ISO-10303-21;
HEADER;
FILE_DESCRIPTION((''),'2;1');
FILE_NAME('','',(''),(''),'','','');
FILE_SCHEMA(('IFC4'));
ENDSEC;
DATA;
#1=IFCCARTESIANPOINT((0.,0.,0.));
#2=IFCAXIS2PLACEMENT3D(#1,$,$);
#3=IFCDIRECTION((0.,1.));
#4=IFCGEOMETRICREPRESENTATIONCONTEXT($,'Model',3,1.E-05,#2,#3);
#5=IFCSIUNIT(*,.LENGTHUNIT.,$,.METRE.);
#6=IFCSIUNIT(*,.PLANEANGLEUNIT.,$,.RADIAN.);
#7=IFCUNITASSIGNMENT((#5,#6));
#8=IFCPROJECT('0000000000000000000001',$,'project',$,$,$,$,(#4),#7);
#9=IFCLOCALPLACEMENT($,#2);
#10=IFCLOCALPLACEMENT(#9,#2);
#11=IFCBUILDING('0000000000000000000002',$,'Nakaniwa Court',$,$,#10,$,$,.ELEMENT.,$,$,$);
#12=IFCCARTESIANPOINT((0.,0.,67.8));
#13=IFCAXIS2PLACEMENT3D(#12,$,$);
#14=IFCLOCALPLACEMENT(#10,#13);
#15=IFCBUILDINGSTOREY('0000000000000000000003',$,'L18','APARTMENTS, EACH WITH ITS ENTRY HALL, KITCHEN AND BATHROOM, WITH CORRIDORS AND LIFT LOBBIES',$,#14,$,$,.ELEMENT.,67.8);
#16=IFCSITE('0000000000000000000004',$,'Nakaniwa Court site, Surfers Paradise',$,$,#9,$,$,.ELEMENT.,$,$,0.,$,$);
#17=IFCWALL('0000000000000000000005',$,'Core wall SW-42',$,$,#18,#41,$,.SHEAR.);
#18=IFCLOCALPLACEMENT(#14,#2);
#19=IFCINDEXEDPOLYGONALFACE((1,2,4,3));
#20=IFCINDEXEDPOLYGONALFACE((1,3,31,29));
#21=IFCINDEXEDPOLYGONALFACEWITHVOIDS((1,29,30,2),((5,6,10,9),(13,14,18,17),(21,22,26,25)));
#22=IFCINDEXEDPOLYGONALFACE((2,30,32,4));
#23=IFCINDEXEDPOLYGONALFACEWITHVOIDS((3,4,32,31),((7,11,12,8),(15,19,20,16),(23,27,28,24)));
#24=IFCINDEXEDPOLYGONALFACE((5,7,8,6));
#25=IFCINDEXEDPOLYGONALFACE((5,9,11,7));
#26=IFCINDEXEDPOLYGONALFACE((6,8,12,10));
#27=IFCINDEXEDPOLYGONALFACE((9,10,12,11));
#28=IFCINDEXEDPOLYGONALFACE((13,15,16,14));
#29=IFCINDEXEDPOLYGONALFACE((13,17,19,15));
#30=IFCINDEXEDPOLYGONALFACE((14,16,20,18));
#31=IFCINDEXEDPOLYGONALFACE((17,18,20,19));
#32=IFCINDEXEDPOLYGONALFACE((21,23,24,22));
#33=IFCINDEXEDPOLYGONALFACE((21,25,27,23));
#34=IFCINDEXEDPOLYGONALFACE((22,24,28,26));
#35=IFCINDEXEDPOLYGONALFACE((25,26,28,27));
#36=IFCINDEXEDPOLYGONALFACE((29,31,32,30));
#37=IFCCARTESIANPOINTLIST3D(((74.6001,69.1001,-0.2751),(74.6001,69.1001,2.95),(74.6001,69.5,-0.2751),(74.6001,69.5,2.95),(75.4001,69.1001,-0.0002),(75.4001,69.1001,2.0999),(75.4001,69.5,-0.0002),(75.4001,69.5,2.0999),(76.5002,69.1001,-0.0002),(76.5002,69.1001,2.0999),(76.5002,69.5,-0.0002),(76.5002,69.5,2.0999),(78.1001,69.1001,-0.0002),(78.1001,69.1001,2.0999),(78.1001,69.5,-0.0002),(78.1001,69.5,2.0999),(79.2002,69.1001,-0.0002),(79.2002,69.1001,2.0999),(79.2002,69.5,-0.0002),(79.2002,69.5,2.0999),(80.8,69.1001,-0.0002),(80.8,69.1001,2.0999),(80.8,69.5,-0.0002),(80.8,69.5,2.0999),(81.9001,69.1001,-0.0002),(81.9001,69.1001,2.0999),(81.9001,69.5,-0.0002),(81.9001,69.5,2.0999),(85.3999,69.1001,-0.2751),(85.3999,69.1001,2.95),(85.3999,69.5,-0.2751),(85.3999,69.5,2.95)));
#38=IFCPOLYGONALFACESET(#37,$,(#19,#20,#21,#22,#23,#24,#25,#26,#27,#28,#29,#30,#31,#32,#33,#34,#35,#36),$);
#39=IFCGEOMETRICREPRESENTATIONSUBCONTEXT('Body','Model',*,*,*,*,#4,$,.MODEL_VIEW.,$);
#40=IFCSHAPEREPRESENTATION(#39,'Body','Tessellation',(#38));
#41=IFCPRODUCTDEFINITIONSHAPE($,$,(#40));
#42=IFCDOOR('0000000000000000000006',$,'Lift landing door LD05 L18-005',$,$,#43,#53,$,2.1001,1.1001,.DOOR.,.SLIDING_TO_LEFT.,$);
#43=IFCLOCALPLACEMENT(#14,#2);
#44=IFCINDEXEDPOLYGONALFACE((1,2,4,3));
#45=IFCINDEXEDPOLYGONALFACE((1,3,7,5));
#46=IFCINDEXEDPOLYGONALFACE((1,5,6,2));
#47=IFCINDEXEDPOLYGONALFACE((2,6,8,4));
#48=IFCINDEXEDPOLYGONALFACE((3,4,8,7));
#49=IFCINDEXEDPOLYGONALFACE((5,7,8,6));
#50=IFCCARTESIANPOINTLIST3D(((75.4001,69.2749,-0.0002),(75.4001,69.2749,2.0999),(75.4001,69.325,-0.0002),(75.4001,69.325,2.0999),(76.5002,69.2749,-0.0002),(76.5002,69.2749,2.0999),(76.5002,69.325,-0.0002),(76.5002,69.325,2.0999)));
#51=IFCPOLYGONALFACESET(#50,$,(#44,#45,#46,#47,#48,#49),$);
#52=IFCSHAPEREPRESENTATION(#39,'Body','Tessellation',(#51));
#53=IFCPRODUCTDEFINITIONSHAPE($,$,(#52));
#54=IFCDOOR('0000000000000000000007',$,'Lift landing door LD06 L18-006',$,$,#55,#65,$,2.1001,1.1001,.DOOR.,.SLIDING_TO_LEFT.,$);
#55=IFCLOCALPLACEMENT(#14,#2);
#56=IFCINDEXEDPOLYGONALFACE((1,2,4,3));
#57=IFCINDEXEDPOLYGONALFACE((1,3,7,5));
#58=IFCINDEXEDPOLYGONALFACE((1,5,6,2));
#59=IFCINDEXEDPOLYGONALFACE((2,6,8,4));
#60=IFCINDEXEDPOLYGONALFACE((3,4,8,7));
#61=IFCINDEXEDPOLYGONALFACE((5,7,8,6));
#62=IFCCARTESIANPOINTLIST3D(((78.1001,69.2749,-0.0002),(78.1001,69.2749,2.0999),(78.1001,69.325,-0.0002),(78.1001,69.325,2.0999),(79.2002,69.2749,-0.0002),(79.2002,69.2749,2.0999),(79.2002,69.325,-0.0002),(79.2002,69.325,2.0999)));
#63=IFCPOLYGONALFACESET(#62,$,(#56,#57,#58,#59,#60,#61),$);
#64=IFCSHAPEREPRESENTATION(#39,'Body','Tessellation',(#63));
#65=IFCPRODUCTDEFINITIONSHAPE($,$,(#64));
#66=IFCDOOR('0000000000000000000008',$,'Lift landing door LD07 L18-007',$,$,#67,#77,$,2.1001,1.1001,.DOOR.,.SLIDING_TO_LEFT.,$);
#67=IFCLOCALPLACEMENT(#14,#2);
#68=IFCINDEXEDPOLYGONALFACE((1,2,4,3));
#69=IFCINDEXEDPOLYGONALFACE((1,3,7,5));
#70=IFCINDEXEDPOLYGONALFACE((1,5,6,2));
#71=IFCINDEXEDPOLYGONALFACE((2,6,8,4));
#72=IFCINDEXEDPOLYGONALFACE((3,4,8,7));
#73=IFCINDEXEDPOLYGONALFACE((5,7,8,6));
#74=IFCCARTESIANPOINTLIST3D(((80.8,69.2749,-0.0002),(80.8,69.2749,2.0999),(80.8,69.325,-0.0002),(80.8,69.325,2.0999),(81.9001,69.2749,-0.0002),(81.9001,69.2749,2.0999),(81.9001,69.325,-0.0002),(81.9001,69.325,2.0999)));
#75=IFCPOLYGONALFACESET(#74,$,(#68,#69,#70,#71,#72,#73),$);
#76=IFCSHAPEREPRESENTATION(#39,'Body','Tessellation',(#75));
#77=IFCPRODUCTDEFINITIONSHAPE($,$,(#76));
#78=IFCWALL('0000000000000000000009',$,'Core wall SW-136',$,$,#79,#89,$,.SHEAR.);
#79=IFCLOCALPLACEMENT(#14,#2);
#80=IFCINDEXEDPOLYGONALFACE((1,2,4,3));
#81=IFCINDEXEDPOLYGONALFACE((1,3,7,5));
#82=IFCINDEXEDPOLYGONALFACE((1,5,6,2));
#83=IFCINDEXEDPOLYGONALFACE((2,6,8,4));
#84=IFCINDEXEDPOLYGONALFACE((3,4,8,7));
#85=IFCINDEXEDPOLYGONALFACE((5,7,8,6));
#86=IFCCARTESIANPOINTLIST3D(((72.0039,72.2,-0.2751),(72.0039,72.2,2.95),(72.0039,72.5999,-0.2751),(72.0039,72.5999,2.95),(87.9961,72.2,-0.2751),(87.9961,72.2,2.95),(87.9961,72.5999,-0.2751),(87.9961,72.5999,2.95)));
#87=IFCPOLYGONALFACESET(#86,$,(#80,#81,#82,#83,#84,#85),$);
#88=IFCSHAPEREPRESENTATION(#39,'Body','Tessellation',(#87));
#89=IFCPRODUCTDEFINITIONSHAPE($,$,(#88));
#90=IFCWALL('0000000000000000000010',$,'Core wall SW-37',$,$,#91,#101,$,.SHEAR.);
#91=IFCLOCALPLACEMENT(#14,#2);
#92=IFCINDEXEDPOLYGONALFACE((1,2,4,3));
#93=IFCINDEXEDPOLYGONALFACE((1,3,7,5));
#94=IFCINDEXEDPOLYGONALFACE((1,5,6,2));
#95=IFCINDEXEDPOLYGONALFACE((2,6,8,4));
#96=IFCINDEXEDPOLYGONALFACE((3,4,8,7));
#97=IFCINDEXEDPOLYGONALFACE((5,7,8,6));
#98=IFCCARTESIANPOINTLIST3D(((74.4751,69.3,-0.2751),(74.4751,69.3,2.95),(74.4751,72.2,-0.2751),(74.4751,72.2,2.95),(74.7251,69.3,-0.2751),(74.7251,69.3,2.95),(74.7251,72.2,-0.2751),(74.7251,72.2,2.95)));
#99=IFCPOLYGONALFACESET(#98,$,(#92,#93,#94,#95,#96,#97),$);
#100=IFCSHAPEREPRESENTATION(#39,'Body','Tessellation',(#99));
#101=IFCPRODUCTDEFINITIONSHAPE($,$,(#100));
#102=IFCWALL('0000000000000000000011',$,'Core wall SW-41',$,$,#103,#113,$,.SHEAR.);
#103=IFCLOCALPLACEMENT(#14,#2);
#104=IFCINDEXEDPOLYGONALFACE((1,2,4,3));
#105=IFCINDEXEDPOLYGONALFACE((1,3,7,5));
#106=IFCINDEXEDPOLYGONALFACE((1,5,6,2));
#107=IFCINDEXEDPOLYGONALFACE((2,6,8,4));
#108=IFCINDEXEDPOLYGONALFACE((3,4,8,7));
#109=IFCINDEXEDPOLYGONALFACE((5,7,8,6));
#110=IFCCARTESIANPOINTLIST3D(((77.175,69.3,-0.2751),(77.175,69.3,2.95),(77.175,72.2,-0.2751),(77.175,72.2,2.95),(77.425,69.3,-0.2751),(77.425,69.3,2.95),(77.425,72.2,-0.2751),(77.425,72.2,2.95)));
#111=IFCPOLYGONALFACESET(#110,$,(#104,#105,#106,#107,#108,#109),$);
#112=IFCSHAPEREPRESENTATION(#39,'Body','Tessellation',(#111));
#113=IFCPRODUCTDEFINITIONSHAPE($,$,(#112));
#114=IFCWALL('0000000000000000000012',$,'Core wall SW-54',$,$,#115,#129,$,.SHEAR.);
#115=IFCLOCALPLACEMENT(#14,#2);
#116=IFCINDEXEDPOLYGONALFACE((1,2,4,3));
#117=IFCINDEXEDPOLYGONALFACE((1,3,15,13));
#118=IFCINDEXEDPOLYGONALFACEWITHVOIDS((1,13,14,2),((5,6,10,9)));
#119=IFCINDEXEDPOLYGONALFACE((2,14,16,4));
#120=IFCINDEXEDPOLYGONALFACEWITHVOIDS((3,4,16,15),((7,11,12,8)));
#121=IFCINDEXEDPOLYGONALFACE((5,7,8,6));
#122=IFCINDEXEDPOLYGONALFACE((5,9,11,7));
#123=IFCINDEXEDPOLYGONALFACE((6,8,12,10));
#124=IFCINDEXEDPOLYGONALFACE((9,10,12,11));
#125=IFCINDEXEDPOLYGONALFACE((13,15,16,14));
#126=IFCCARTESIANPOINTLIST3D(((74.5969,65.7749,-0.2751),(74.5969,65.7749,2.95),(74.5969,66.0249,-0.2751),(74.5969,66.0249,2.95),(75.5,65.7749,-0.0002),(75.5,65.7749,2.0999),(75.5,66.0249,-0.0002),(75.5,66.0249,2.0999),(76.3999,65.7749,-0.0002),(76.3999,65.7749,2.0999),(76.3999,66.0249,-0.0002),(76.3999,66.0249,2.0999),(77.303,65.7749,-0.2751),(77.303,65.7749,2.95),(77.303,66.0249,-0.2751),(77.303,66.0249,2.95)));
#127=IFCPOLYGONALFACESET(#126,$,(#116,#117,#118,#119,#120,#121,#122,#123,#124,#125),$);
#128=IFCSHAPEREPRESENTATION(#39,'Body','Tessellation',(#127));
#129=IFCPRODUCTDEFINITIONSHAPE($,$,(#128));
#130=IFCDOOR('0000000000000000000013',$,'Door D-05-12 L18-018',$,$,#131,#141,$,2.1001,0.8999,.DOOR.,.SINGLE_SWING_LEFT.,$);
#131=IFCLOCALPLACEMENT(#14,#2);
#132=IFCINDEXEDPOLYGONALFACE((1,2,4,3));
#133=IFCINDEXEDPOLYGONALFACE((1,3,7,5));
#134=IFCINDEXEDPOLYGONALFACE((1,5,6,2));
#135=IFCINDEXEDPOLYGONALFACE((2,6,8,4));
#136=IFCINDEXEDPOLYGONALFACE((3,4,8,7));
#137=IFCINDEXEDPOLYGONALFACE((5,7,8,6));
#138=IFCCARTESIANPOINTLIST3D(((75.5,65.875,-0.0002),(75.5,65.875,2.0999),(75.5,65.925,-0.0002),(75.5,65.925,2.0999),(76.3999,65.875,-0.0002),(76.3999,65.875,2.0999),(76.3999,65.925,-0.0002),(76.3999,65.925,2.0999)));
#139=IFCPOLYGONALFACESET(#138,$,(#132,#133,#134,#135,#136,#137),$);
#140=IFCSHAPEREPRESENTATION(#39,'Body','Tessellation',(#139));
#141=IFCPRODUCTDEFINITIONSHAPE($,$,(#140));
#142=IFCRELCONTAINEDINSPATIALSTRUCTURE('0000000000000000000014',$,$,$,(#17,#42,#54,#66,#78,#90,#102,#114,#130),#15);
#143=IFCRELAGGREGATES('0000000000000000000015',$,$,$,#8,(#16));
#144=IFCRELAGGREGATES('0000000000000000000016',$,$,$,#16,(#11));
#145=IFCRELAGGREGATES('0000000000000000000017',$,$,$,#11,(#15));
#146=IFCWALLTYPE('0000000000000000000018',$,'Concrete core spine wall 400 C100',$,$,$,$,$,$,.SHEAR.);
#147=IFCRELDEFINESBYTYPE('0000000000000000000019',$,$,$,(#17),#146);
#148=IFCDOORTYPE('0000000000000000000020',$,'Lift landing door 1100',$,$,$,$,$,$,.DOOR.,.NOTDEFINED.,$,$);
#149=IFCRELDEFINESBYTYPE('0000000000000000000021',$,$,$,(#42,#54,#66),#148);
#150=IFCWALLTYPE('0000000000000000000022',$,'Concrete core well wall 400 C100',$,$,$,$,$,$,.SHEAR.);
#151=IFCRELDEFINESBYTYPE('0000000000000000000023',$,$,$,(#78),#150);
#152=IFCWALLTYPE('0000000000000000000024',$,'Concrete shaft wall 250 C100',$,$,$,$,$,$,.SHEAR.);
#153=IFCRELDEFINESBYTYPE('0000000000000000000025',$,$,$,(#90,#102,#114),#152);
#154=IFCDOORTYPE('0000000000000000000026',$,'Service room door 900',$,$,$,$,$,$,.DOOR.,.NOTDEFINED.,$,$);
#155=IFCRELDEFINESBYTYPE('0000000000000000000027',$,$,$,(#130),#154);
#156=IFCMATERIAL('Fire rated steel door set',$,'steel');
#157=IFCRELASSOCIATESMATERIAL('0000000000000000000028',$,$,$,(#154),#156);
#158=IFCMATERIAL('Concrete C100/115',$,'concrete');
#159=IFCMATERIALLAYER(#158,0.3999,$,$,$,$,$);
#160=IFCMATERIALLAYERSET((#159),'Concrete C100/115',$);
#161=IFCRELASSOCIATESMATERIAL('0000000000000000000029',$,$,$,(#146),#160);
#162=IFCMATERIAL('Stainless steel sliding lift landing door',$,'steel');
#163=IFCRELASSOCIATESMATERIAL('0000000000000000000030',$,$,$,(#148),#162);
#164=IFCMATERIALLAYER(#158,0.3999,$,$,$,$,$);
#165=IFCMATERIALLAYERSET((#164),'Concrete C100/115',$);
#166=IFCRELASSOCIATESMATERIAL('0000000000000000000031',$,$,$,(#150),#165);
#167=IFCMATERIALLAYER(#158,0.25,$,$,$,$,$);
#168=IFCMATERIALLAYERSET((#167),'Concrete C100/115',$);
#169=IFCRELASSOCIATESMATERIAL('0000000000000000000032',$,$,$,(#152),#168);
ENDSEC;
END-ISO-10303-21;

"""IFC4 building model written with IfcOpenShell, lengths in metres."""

from ifc_helpers import new_model, si_unit, direction, frame, frame_2d, origin, place, context, subcontext, project, spatial, rectangle, extrude, material, layer, layer_set, type_object, element, fill, save


model = new_model("IFC4")

# Units and contexts
model_context = context("Model", 3, precision=1e-05, world=origin(), true_north=direction((0.0, 1.0)))
body_context = subcontext(model_context, "Body", "Model", "MODEL_VIEW")
ifc_project = project(units=[si_unit("LENGTHUNIT", "METRE"), si_unit("PLANEANGLEUNIT", "RADIAN")], contexts=[model_context])

# Site, building, storey
site_placement = place(None, origin())
site = spatial("IfcSite", under=ifc_project, at=site_placement, Name="Nakaniwa Court site, Surfers Paradise", CompositionType="ELEMENT", RefElevation=0.0)
building_placement = place(site_placement, origin())
building = spatial("IfcBuilding", under=site, at=building_placement, Name="Nakaniwa Court", CompositionType="ELEMENT")
storey_placement = place(building_placement, frame((0.0, 0.0, 67.8)))
storey = spatial("IfcBuildingStorey", under=building, at=storey_placement, Name="L18", Description="APARTMENTS, EACH WITH ITS ENTRY HALL, KITCHEN AND BATHROOM, WITH CORRIDORS AND LIFT LOBBIES", CompositionType="ELEMENT", Elevation=67.8)

# Shared definitions
ifc_material_1 = material(Name="Concrete C100/115", Category="concrete")

# Shared definitions
ifc_material_2 = material(Name="Fire rated steel door set", Category="steel")
door_type_1 = type_object("IfcDoorType", Name="Service room door 900", OperationType="NOTDEFINED", PredefinedType="DOOR", material=ifc_material_2)

# Wall, openings, doors
ifc_layer_1 = layer(ifc_material_1, 0.3999)
ifc_layer_set_1 = layer_set([ifc_layer_1], Name="Concrete C100/115")
wall_type_1 = type_object("IfcWallType", Name="Concrete core spine wall 400 C100", PredefinedType="SHEAR", material=ifc_layer_set_1)
wall_1_placement = place(storey_placement, frame((74.6001, 69.3, -0.2751), z_axis=(0.0, 0.0, 1.0), x_axis=(1.0, 0.0, 0.0)))
wall_1 = element("IfcWall", 1, at=wall_1_placement, inside=storey, type_object=wall_type_1, Name="Core wall SW-42", PredefinedType="SHEAR", context=body_context, shape_type="SweptSolid", body=[
    extrude(rectangle(XDim=10.7998, YDim=0.3999, at=frame_2d((5.3999, 0.0))), origin(), (0.0, 0.0, 1.0), 3.2251),
])
opening_1_placement = place(wall_1_placement, frame((0.8, 0.0, 0.2749)))
opening_1 = element("IfcOpeningElement", 2, at=opening_1_placement, cuts=wall_1, PredefinedType="OPENING", context=body_context, shape_type="SweptSolid", body=[
    extrude(rectangle(XDim=1.1001, YDim=2.1001, at=frame_2d((0.55, 1.05))), frame((0.0, 0.21, 0.0), z_axis=(0.0, -1.0, 0.0), x_axis=(1.0, 0.0, 0.0)), (0.0, 0.0, 1.0), 0.4199),
])
opening_2_placement = place(wall_1_placement, frame((3.5, 0.0, 0.2749)))
opening_2 = element("IfcOpeningElement", 3, at=opening_2_placement, cuts=wall_1, PredefinedType="OPENING", context=body_context, shape_type="SweptSolid", body=[
    extrude(rectangle(XDim=1.1001, YDim=2.1001, at=frame_2d((0.55, 1.05))), frame((0.0, 0.21, 0.0), z_axis=(0.0, -1.0, 0.0), x_axis=(1.0, 0.0, 0.0)), (0.0, 0.0, 1.0), 0.4199),
])
opening_3_placement = place(wall_1_placement, frame((6.2, 0.0, 0.2749)))
opening_3 = element("IfcOpeningElement", 4, at=opening_3_placement, cuts=wall_1, PredefinedType="OPENING", context=body_context, shape_type="SweptSolid", body=[
    extrude(rectangle(XDim=1.1001, YDim=2.1001, at=frame_2d((0.55, 1.05))), frame((0.0, 0.21, 0.0), z_axis=(0.0, -1.0, 0.0), x_axis=(1.0, 0.0, 0.0)), (0.0, 0.0, 1.0), 0.4199),
])
ifc_material_3 = material(Name="Stainless steel sliding lift landing door", Category="steel")
door_type_2 = type_object("IfcDoorType", Name="Lift landing door 1100", OperationType="NOTDEFINED", PredefinedType="DOOR", material=ifc_material_3)
door_1_placement = place(opening_1_placement, origin())
door_1 = element("IfcDoor", 5, at=door_1_placement, inside=storey, type_object=door_type_2, Name="Lift landing door LD05 L18-005", OperationType="SLIDING_TO_LEFT", OverallHeight=2.1001, OverallWidth=1.1001, PredefinedType="DOOR", context=body_context, shape_type="SweptSolid", body=[
    extrude(rectangle(XDim=1.1001, YDim=2.1001, at=frame_2d((0.55, 1.05))), frame((0.0, 0.0249, 0.0), z_axis=(0.0, -1.0, 0.0), x_axis=(1.0, 0.0, 0.0)), (0.0, 0.0, 1.0), 0.05),
])
fill(opening_1, door_1)
door_2_placement = place(opening_2_placement, origin())
door_2 = element("IfcDoor", 6, at=door_2_placement, inside=storey, type_object=door_type_2, Name="Lift landing door LD06 L18-006", OperationType="SLIDING_TO_LEFT", OverallHeight=2.1001, OverallWidth=1.1001, PredefinedType="DOOR", context=body_context, shape_type="SweptSolid", body=[
    extrude(rectangle(XDim=1.1001, YDim=2.1001, at=frame_2d((0.55, 1.05))), frame((0.0, 0.0249, 0.0), z_axis=(0.0, -1.0, 0.0), x_axis=(1.0, 0.0, 0.0)), (0.0, 0.0, 1.0), 0.05),
])
fill(opening_2, door_2)
door_3_placement = place(opening_3_placement, origin())
door_3 = element("IfcDoor", 7, at=door_3_placement, inside=storey, type_object=door_type_2, Name="Lift landing door LD07 L18-007", OperationType="SLIDING_TO_LEFT", OverallHeight=2.1001, OverallWidth=1.1001, PredefinedType="DOOR", context=body_context, shape_type="SweptSolid", body=[
    extrude(rectangle(XDim=1.1001, YDim=2.1001, at=frame_2d((0.55, 1.05))), frame((0.0, 0.0249, 0.0), z_axis=(0.0, -1.0, 0.0), x_axis=(1.0, 0.0, 0.0)), (0.0, 0.0, 1.0), 0.05),
])
fill(opening_3, door_3)

# Walls
ifc_layer_2 = layer(ifc_material_1, 0.3999)
ifc_layer_set_2 = layer_set([ifc_layer_2], Name="Concrete C100/115")
wall_type_2 = type_object("IfcWallType", Name="Concrete core well wall 400 C100", PredefinedType="SHEAR", material=ifc_layer_set_2)
wall_2_placement = place(storey_placement, frame((72.0039, 72.3999, -0.2751), z_axis=(0.0, 0.0, 1.0), x_axis=(1.0, 0.0, 0.0)))
element("IfcWall", 8, at=wall_2_placement, inside=storey, type_object=wall_type_2, Name="Core wall SW-136", PredefinedType="SHEAR", context=body_context, shape_type="SweptSolid", body=[
    extrude(rectangle(XDim=15.9922, YDim=0.3999, at=frame_2d((7.9961, 0.0))), origin(), (0.0, 0.0, 1.0), 3.2251),
])
ifc_layer_3 = layer(ifc_material_1, 0.25)
ifc_layer_set_3 = layer_set([ifc_layer_3], Name="Concrete C100/115")
wall_type_3 = type_object("IfcWallType", Name="Concrete shaft wall 250 C100", PredefinedType="SHEAR", material=ifc_layer_set_3)
for number, where, z_axis, x_axis, name in (
    (9, (74.6001, 69.3, -0.2751), (0.0, 0.0, 1.0), (0.0, 1.0, 0.0), "Core wall SW-37"),
    (10, (77.3, 69.3, -0.2751), (0.0, 0.0, 1.0), (0.0, 1.0, 0.0), "Core wall SW-41"),
):
    element("IfcWall", number, at=place(storey_placement, frame(where, z_axis=z_axis, x_axis=x_axis)), inside=storey, type_object=wall_type_3, Name=name, PredefinedType="SHEAR", context=body_context, shape_type="SweptSolid", body=[
        extrude(rectangle(XDim=2.8999, YDim=0.25, at=frame_2d((1.45, 0.0))), origin(), (0.0, 0.0, 1.0), 3.2251),
    ])

# Wall, opening, door
wall_3_placement = place(storey_placement, frame((77.303, 65.8999, -0.2751), z_axis=(0.0, 0.0, 1.0), x_axis=(-1.0, 0.0, 0.0)))
wall_3 = element("IfcWall", 11, at=wall_3_placement, inside=storey, type_object=wall_type_3, Name="Core wall SW-54", PredefinedType="SHEAR", context=body_context, shape_type="SweptSolid", body=[
    extrude(rectangle(XDim=2.7061, YDim=0.25, at=frame_2d((1.353, 0.0))), origin(), (0.0, 0.0, 1.0), 3.2251),
])
opening_4_placement = place(wall_3_placement, frame((0.9031, 0.0, 0.2749)))
opening_4 = element("IfcOpeningElement", 12, at=opening_4_placement, cuts=wall_3, PredefinedType="OPENING", context=body_context, shape_type="SweptSolid", body=[
    extrude(rectangle(XDim=0.8999, YDim=2.1001, at=frame_2d((0.45, 1.05))), frame((0.0, 0.135, 0.0), z_axis=(0.0, -1.0, 0.0), x_axis=(1.0, 0.0, 0.0)), (0.0, 0.0, 1.0), 0.27),
])
door_4_placement = place(opening_4_placement, origin())
door_4 = element("IfcDoor", 13, at=door_4_placement, inside=storey, type_object=door_type_1, Name="Door D-05-12 L18-018", OperationType="SINGLE_SWING_LEFT", OverallHeight=2.1001, OverallWidth=0.8999, PredefinedType="DOOR", context=body_context, shape_type="SweptSolid", body=[
    extrude(rectangle(XDim=0.8999, YDim=2.1001, at=frame_2d((0.45, 1.05))), frame((0.0, 0.0249, 0.0), z_axis=(0.0, -1.0, 0.0), x_axis=(1.0, 0.0, 0.0)), (0.0, 0.0, 1.0), 0.05),
])
fill(opening_4, door_4)

save(model, "model.ifc")
